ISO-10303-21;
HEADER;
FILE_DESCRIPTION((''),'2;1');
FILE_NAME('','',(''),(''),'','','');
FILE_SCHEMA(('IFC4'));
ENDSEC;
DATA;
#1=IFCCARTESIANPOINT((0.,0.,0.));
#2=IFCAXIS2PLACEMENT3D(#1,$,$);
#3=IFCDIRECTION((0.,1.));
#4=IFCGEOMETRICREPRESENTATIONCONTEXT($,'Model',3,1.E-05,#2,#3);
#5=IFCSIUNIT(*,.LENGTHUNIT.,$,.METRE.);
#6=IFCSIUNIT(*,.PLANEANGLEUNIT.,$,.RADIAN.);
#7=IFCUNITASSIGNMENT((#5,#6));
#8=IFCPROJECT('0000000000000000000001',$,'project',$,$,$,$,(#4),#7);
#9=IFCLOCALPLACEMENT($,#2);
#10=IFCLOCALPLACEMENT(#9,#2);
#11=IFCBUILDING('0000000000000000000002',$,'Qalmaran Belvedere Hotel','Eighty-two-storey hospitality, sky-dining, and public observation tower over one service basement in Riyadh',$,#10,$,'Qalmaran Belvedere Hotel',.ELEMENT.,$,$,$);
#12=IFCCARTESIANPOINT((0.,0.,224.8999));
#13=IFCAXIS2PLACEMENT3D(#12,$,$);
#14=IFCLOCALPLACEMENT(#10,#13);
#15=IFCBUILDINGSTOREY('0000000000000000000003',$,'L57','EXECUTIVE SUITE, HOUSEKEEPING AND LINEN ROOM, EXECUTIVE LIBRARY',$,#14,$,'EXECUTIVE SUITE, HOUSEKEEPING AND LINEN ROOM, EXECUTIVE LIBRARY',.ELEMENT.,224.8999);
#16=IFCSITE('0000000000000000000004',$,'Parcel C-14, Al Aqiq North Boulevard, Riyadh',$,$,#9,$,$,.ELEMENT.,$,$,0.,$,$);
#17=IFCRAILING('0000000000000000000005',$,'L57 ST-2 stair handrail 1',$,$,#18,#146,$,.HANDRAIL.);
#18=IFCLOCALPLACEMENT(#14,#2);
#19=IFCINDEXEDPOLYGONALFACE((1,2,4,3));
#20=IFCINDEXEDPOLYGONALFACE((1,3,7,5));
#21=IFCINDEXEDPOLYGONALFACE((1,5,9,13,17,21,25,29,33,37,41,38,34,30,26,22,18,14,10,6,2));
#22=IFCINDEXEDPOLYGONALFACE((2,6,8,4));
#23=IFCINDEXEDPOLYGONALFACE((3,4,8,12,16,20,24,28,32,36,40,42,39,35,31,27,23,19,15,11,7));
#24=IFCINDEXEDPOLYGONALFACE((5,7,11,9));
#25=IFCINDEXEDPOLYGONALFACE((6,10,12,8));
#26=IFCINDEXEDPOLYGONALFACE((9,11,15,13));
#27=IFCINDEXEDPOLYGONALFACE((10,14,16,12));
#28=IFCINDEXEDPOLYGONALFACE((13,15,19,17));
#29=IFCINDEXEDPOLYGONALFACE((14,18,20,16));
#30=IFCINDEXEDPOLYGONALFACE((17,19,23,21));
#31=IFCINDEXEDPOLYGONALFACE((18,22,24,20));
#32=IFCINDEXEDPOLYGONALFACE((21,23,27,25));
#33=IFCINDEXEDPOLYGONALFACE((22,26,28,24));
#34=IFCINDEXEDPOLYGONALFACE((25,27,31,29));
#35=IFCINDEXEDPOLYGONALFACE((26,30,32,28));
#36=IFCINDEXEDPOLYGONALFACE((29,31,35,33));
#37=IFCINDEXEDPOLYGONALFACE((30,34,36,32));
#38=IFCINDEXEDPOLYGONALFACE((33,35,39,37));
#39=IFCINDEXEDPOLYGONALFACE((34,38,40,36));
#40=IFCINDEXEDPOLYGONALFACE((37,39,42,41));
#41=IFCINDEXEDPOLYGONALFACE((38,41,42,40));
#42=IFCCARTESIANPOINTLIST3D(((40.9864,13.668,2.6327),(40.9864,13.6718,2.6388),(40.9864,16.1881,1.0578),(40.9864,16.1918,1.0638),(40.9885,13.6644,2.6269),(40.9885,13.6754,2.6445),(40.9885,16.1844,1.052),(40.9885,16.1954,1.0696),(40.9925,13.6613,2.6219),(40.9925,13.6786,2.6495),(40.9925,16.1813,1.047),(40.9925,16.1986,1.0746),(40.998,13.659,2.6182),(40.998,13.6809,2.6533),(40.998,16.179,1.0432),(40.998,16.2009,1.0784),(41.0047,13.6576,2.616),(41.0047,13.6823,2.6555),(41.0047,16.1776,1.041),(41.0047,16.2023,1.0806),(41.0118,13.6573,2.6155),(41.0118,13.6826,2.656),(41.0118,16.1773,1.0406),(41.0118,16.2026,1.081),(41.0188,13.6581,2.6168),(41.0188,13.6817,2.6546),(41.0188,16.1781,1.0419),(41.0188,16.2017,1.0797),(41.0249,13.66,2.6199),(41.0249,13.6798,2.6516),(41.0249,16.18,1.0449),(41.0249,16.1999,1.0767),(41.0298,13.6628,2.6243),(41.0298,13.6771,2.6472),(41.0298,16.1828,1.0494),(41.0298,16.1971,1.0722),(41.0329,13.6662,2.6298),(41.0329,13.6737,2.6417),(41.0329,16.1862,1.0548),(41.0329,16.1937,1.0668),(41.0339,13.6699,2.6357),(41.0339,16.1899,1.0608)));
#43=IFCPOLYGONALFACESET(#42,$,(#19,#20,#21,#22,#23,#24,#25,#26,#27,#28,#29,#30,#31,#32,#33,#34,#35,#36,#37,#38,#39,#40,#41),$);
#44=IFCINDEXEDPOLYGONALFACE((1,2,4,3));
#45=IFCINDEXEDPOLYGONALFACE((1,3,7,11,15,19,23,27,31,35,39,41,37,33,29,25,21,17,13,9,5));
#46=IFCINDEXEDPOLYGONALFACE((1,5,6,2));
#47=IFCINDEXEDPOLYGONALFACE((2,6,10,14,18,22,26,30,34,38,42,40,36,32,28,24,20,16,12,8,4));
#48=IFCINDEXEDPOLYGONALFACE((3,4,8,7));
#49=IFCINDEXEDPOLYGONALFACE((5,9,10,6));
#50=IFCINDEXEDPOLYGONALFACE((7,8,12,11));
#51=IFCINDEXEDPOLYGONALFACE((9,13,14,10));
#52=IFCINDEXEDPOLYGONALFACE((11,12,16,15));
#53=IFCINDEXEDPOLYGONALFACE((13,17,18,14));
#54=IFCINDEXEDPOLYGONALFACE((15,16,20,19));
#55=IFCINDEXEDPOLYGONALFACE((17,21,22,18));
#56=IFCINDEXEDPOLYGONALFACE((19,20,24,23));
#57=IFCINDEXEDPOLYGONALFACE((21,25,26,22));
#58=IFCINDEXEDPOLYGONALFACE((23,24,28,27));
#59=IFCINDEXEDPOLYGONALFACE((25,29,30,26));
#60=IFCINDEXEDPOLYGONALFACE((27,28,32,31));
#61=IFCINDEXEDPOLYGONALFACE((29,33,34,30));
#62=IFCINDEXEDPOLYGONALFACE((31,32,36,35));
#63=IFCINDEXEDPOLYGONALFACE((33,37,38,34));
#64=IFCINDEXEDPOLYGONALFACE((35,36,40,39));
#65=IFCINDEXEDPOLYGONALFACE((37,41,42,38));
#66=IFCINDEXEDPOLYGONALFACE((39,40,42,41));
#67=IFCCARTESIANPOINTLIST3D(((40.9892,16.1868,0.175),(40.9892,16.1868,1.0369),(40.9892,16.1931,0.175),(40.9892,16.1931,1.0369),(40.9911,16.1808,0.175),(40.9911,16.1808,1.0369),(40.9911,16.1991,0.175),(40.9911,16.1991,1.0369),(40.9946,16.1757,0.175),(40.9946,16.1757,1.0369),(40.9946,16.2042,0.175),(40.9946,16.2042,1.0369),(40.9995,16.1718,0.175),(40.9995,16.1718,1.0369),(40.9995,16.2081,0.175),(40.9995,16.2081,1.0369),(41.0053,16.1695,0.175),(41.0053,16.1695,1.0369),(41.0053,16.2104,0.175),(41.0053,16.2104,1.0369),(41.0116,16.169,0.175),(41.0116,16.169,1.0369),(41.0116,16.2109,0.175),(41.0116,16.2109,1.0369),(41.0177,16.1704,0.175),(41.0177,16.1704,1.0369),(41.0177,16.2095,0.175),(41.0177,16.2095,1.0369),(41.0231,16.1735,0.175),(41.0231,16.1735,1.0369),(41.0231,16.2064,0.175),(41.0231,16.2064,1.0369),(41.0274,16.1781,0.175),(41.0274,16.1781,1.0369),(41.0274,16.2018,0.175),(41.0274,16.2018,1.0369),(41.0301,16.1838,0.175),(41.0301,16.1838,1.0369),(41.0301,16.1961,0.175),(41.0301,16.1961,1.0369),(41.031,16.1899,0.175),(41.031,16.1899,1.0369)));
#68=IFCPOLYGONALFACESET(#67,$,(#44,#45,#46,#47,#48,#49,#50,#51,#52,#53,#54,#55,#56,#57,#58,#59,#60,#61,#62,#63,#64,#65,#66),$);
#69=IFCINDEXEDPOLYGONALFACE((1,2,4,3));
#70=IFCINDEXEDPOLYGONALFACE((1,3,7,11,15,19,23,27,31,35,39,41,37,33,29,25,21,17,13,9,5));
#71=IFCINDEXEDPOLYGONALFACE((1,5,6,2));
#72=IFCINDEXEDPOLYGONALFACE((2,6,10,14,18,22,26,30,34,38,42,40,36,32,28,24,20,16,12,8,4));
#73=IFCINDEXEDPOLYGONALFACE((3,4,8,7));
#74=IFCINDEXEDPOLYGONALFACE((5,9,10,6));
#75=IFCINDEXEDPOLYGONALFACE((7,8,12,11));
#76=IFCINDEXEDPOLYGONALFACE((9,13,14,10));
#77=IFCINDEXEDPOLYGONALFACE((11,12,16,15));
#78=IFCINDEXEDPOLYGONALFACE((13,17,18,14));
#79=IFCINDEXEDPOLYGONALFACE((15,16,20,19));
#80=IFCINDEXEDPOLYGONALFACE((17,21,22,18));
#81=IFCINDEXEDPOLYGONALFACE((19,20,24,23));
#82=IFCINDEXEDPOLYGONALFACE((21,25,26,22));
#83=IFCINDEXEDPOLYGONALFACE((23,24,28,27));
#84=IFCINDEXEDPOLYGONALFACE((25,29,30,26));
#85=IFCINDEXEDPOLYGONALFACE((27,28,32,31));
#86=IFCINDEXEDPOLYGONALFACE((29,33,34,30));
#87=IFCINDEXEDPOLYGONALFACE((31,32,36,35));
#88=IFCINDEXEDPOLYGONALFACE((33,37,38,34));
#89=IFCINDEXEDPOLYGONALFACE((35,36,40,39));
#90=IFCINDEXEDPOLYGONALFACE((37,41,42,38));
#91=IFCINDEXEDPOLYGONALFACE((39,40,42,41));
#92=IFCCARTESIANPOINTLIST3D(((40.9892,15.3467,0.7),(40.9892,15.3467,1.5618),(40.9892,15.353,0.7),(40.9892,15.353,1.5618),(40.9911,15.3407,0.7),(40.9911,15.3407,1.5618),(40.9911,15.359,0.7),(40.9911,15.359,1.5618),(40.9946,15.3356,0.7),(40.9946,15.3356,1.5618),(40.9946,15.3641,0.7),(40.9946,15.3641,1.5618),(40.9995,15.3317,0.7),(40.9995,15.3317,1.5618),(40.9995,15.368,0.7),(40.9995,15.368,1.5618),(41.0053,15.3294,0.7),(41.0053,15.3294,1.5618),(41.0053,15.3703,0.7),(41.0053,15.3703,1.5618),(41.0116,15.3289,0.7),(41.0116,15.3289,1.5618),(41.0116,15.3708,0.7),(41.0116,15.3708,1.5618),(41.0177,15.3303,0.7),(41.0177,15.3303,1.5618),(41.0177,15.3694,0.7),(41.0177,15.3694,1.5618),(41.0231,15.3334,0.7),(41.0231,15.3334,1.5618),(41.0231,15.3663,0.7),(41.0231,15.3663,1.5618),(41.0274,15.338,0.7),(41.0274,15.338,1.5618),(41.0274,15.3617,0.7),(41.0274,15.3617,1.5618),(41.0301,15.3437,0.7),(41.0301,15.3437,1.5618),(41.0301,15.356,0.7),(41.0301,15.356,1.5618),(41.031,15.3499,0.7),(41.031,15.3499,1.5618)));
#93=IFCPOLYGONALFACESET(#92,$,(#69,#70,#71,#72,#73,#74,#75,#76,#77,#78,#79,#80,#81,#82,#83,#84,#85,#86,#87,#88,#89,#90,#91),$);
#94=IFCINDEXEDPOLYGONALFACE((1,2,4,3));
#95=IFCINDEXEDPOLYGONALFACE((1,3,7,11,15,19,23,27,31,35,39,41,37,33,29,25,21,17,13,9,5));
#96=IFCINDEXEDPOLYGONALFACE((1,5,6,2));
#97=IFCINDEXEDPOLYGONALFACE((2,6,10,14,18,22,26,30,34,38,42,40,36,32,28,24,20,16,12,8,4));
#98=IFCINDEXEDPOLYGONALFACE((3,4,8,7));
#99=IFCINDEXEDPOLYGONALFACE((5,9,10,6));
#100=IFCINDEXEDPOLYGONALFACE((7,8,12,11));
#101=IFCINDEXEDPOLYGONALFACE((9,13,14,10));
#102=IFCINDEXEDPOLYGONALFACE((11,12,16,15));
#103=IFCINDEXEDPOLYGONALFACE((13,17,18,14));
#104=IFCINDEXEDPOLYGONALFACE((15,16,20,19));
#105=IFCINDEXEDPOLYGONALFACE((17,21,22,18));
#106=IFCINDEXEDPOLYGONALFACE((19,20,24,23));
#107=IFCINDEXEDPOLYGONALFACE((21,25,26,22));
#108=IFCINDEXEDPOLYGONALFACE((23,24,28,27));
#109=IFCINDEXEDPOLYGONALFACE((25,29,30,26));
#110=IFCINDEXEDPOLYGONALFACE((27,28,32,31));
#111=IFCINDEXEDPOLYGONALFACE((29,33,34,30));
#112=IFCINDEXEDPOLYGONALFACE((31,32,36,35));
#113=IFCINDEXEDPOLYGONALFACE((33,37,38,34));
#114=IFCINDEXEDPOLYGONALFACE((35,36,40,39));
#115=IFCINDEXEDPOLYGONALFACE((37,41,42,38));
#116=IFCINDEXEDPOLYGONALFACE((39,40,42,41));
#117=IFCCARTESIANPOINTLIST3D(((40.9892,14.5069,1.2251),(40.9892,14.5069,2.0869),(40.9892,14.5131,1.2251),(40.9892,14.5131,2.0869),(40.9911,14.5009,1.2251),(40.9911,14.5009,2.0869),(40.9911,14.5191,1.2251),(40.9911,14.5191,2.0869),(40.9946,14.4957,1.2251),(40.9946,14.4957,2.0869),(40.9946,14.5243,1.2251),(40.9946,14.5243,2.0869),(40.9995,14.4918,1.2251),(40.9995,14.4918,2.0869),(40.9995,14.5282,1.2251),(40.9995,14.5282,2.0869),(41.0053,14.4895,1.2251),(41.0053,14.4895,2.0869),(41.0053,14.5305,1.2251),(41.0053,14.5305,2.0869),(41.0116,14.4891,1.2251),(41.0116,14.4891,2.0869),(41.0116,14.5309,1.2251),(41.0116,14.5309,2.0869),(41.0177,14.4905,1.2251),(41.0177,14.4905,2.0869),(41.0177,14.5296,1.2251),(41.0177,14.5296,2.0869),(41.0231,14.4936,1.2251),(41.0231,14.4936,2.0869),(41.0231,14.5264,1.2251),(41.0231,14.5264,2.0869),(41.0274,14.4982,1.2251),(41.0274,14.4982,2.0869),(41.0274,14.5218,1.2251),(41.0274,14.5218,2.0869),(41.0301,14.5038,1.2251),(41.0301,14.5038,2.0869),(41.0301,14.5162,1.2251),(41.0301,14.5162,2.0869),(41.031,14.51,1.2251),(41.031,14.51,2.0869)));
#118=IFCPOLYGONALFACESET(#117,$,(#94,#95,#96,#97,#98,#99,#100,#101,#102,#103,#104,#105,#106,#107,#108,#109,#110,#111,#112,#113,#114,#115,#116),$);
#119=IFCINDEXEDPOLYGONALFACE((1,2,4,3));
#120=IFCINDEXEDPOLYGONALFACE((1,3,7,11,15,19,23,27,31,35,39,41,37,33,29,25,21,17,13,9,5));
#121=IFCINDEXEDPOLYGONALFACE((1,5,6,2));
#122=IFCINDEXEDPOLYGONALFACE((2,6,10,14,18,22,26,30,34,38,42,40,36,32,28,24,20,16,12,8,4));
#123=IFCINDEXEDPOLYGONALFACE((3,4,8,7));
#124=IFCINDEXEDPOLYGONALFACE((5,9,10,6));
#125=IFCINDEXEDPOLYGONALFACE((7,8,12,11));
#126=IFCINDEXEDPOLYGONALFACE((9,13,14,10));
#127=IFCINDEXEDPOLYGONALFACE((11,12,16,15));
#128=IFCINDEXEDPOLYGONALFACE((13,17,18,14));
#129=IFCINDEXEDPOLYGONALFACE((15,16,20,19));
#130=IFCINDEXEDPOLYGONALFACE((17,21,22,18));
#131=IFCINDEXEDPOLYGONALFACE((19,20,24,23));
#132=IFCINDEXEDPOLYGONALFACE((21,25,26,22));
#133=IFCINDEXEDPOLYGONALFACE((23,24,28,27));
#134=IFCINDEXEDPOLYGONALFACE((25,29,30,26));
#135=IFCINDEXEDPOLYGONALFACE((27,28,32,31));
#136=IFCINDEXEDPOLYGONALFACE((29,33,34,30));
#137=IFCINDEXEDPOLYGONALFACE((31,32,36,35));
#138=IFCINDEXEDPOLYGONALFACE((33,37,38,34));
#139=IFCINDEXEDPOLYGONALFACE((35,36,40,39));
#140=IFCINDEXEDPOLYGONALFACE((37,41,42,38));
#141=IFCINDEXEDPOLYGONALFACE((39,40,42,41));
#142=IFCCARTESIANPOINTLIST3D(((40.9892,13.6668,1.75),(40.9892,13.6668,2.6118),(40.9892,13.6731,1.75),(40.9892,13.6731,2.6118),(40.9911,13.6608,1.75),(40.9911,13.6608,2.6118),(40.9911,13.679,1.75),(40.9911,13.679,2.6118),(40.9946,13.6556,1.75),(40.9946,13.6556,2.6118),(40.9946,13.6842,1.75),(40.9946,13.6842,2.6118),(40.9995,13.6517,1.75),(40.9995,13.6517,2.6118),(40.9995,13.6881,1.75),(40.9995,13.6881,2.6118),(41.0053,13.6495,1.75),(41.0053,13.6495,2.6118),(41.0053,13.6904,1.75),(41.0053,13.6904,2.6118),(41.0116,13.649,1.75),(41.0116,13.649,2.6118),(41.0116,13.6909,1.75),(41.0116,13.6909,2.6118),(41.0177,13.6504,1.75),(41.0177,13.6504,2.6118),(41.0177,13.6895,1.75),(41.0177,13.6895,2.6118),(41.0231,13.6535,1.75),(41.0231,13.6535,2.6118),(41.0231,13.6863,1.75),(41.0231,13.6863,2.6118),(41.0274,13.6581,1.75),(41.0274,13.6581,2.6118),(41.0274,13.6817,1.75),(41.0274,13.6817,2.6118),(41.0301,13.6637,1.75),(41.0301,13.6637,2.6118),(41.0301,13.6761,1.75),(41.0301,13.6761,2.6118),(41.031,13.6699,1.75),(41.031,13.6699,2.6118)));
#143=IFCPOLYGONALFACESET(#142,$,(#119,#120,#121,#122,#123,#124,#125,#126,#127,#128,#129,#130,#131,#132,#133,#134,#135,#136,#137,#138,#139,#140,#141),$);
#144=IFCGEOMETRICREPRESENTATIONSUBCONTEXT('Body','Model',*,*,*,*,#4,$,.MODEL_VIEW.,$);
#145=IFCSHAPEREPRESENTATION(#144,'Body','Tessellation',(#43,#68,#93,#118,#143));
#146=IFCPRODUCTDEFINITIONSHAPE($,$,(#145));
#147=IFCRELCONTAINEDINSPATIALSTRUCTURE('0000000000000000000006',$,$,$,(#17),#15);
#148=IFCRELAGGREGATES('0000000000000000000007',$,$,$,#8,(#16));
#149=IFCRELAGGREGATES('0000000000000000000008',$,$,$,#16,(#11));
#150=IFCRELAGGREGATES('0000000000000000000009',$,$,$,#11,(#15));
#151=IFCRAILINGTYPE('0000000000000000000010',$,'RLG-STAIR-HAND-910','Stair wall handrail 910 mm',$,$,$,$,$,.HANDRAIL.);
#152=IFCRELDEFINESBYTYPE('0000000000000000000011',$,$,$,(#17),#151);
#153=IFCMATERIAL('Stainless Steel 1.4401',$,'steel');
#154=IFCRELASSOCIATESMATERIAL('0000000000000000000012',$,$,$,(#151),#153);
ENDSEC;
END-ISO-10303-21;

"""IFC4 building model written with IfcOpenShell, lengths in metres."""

from ifc_helpers import new_model, si_unit, direction, frame, origin, origin_2d, place, context, subcontext, project, spatial, circle, extrude, material, type_object, element, save


model = new_model("IFC4")

# Units and contexts
model_context = context("Model", 3, precision=1e-05, world=origin(), true_north=direction((0.0, 1.0)))
body_context = subcontext(model_context, "Body", "Model", "MODEL_VIEW")
ifc_project = project(units=[si_unit("LENGTHUNIT", "METRE"), si_unit("PLANEANGLEUNIT", "RADIAN")], contexts=[model_context])

# Site, building, storey
site_placement = place(None, origin())
site = spatial("IfcSite", under=ifc_project, at=site_placement, Name="Parcel C-14, Al Aqiq North Boulevard, Riyadh", CompositionType="ELEMENT", RefElevation=0.0)
building_placement = place(site_placement, origin())
building = spatial("IfcBuilding", under=site, at=building_placement, Name="Qalmaran Belvedere Hotel", Description="Eighty-two-storey hospitality, sky-dining, and public observation tower over one service basement in Riyadh", LongName="Qalmaran Belvedere Hotel", CompositionType="ELEMENT")
storey_placement = place(building_placement, frame((0.0, 0.0, 224.8999)))
storey = spatial("IfcBuildingStorey", under=building, at=storey_placement, Name="L57", Description="EXECUTIVE SUITE, HOUSEKEEPING AND LINEN ROOM, EXECUTIVE LIBRARY", LongName="EXECUTIVE SUITE, HOUSEKEEPING AND LINEN ROOM, EXECUTIVE LIBRARY", CompositionType="ELEMENT", Elevation=224.8999)

# Shared definitions
ifc_material_1 = material(Name="Stainless Steel 1.4401", Category="steel")

# Railing
railing_type = type_object("IfcRailingType", Name="RLG-STAIR-HAND-910", Description="Stair wall handrail 910 mm", PredefinedType="HANDRAIL", material=ifc_material_1)
railing_placement = place(storey_placement, frame((41.01, 16.1899, 0.175)))
element("IfcRailing", 1, at=railing_placement, inside=storey, type_object=railing_type, Name="L57 ST-2 stair handrail 1", PredefinedType="HANDRAIL", context=body_context, shape_type="SweptSolid", body=[
    extrude(circle(Radius=0.0239, at=origin_2d()), frame((0.0, 0.0, 0.8857), z_axis=(0.0, -0.848008, 0.529984), x_axis=(1.0, 0.0, 0.0)), (0.0, 0.0, 1.0), 2.9717),
    extrude(circle(Radius=0.021, at=origin_2d()), origin(), (0.0, 0.0, 1.0), 0.8618),
    extrude(circle(Radius=0.021, at=origin_2d()), frame((0.0, -0.8401, 0.5249)), (0.0, 0.0, 1.0), 0.8618),
    extrude(circle(Radius=0.021, at=origin_2d()), frame((0.0, -1.6799, 1.05)), (0.0, 0.0, 1.0), 0.8618),
    extrude(circle(Radius=0.021, at=origin_2d()), frame((0.0, -2.52, 1.575)), (0.0, 0.0, 1.0), 0.8618),
])

save(model, "model.ifc")
